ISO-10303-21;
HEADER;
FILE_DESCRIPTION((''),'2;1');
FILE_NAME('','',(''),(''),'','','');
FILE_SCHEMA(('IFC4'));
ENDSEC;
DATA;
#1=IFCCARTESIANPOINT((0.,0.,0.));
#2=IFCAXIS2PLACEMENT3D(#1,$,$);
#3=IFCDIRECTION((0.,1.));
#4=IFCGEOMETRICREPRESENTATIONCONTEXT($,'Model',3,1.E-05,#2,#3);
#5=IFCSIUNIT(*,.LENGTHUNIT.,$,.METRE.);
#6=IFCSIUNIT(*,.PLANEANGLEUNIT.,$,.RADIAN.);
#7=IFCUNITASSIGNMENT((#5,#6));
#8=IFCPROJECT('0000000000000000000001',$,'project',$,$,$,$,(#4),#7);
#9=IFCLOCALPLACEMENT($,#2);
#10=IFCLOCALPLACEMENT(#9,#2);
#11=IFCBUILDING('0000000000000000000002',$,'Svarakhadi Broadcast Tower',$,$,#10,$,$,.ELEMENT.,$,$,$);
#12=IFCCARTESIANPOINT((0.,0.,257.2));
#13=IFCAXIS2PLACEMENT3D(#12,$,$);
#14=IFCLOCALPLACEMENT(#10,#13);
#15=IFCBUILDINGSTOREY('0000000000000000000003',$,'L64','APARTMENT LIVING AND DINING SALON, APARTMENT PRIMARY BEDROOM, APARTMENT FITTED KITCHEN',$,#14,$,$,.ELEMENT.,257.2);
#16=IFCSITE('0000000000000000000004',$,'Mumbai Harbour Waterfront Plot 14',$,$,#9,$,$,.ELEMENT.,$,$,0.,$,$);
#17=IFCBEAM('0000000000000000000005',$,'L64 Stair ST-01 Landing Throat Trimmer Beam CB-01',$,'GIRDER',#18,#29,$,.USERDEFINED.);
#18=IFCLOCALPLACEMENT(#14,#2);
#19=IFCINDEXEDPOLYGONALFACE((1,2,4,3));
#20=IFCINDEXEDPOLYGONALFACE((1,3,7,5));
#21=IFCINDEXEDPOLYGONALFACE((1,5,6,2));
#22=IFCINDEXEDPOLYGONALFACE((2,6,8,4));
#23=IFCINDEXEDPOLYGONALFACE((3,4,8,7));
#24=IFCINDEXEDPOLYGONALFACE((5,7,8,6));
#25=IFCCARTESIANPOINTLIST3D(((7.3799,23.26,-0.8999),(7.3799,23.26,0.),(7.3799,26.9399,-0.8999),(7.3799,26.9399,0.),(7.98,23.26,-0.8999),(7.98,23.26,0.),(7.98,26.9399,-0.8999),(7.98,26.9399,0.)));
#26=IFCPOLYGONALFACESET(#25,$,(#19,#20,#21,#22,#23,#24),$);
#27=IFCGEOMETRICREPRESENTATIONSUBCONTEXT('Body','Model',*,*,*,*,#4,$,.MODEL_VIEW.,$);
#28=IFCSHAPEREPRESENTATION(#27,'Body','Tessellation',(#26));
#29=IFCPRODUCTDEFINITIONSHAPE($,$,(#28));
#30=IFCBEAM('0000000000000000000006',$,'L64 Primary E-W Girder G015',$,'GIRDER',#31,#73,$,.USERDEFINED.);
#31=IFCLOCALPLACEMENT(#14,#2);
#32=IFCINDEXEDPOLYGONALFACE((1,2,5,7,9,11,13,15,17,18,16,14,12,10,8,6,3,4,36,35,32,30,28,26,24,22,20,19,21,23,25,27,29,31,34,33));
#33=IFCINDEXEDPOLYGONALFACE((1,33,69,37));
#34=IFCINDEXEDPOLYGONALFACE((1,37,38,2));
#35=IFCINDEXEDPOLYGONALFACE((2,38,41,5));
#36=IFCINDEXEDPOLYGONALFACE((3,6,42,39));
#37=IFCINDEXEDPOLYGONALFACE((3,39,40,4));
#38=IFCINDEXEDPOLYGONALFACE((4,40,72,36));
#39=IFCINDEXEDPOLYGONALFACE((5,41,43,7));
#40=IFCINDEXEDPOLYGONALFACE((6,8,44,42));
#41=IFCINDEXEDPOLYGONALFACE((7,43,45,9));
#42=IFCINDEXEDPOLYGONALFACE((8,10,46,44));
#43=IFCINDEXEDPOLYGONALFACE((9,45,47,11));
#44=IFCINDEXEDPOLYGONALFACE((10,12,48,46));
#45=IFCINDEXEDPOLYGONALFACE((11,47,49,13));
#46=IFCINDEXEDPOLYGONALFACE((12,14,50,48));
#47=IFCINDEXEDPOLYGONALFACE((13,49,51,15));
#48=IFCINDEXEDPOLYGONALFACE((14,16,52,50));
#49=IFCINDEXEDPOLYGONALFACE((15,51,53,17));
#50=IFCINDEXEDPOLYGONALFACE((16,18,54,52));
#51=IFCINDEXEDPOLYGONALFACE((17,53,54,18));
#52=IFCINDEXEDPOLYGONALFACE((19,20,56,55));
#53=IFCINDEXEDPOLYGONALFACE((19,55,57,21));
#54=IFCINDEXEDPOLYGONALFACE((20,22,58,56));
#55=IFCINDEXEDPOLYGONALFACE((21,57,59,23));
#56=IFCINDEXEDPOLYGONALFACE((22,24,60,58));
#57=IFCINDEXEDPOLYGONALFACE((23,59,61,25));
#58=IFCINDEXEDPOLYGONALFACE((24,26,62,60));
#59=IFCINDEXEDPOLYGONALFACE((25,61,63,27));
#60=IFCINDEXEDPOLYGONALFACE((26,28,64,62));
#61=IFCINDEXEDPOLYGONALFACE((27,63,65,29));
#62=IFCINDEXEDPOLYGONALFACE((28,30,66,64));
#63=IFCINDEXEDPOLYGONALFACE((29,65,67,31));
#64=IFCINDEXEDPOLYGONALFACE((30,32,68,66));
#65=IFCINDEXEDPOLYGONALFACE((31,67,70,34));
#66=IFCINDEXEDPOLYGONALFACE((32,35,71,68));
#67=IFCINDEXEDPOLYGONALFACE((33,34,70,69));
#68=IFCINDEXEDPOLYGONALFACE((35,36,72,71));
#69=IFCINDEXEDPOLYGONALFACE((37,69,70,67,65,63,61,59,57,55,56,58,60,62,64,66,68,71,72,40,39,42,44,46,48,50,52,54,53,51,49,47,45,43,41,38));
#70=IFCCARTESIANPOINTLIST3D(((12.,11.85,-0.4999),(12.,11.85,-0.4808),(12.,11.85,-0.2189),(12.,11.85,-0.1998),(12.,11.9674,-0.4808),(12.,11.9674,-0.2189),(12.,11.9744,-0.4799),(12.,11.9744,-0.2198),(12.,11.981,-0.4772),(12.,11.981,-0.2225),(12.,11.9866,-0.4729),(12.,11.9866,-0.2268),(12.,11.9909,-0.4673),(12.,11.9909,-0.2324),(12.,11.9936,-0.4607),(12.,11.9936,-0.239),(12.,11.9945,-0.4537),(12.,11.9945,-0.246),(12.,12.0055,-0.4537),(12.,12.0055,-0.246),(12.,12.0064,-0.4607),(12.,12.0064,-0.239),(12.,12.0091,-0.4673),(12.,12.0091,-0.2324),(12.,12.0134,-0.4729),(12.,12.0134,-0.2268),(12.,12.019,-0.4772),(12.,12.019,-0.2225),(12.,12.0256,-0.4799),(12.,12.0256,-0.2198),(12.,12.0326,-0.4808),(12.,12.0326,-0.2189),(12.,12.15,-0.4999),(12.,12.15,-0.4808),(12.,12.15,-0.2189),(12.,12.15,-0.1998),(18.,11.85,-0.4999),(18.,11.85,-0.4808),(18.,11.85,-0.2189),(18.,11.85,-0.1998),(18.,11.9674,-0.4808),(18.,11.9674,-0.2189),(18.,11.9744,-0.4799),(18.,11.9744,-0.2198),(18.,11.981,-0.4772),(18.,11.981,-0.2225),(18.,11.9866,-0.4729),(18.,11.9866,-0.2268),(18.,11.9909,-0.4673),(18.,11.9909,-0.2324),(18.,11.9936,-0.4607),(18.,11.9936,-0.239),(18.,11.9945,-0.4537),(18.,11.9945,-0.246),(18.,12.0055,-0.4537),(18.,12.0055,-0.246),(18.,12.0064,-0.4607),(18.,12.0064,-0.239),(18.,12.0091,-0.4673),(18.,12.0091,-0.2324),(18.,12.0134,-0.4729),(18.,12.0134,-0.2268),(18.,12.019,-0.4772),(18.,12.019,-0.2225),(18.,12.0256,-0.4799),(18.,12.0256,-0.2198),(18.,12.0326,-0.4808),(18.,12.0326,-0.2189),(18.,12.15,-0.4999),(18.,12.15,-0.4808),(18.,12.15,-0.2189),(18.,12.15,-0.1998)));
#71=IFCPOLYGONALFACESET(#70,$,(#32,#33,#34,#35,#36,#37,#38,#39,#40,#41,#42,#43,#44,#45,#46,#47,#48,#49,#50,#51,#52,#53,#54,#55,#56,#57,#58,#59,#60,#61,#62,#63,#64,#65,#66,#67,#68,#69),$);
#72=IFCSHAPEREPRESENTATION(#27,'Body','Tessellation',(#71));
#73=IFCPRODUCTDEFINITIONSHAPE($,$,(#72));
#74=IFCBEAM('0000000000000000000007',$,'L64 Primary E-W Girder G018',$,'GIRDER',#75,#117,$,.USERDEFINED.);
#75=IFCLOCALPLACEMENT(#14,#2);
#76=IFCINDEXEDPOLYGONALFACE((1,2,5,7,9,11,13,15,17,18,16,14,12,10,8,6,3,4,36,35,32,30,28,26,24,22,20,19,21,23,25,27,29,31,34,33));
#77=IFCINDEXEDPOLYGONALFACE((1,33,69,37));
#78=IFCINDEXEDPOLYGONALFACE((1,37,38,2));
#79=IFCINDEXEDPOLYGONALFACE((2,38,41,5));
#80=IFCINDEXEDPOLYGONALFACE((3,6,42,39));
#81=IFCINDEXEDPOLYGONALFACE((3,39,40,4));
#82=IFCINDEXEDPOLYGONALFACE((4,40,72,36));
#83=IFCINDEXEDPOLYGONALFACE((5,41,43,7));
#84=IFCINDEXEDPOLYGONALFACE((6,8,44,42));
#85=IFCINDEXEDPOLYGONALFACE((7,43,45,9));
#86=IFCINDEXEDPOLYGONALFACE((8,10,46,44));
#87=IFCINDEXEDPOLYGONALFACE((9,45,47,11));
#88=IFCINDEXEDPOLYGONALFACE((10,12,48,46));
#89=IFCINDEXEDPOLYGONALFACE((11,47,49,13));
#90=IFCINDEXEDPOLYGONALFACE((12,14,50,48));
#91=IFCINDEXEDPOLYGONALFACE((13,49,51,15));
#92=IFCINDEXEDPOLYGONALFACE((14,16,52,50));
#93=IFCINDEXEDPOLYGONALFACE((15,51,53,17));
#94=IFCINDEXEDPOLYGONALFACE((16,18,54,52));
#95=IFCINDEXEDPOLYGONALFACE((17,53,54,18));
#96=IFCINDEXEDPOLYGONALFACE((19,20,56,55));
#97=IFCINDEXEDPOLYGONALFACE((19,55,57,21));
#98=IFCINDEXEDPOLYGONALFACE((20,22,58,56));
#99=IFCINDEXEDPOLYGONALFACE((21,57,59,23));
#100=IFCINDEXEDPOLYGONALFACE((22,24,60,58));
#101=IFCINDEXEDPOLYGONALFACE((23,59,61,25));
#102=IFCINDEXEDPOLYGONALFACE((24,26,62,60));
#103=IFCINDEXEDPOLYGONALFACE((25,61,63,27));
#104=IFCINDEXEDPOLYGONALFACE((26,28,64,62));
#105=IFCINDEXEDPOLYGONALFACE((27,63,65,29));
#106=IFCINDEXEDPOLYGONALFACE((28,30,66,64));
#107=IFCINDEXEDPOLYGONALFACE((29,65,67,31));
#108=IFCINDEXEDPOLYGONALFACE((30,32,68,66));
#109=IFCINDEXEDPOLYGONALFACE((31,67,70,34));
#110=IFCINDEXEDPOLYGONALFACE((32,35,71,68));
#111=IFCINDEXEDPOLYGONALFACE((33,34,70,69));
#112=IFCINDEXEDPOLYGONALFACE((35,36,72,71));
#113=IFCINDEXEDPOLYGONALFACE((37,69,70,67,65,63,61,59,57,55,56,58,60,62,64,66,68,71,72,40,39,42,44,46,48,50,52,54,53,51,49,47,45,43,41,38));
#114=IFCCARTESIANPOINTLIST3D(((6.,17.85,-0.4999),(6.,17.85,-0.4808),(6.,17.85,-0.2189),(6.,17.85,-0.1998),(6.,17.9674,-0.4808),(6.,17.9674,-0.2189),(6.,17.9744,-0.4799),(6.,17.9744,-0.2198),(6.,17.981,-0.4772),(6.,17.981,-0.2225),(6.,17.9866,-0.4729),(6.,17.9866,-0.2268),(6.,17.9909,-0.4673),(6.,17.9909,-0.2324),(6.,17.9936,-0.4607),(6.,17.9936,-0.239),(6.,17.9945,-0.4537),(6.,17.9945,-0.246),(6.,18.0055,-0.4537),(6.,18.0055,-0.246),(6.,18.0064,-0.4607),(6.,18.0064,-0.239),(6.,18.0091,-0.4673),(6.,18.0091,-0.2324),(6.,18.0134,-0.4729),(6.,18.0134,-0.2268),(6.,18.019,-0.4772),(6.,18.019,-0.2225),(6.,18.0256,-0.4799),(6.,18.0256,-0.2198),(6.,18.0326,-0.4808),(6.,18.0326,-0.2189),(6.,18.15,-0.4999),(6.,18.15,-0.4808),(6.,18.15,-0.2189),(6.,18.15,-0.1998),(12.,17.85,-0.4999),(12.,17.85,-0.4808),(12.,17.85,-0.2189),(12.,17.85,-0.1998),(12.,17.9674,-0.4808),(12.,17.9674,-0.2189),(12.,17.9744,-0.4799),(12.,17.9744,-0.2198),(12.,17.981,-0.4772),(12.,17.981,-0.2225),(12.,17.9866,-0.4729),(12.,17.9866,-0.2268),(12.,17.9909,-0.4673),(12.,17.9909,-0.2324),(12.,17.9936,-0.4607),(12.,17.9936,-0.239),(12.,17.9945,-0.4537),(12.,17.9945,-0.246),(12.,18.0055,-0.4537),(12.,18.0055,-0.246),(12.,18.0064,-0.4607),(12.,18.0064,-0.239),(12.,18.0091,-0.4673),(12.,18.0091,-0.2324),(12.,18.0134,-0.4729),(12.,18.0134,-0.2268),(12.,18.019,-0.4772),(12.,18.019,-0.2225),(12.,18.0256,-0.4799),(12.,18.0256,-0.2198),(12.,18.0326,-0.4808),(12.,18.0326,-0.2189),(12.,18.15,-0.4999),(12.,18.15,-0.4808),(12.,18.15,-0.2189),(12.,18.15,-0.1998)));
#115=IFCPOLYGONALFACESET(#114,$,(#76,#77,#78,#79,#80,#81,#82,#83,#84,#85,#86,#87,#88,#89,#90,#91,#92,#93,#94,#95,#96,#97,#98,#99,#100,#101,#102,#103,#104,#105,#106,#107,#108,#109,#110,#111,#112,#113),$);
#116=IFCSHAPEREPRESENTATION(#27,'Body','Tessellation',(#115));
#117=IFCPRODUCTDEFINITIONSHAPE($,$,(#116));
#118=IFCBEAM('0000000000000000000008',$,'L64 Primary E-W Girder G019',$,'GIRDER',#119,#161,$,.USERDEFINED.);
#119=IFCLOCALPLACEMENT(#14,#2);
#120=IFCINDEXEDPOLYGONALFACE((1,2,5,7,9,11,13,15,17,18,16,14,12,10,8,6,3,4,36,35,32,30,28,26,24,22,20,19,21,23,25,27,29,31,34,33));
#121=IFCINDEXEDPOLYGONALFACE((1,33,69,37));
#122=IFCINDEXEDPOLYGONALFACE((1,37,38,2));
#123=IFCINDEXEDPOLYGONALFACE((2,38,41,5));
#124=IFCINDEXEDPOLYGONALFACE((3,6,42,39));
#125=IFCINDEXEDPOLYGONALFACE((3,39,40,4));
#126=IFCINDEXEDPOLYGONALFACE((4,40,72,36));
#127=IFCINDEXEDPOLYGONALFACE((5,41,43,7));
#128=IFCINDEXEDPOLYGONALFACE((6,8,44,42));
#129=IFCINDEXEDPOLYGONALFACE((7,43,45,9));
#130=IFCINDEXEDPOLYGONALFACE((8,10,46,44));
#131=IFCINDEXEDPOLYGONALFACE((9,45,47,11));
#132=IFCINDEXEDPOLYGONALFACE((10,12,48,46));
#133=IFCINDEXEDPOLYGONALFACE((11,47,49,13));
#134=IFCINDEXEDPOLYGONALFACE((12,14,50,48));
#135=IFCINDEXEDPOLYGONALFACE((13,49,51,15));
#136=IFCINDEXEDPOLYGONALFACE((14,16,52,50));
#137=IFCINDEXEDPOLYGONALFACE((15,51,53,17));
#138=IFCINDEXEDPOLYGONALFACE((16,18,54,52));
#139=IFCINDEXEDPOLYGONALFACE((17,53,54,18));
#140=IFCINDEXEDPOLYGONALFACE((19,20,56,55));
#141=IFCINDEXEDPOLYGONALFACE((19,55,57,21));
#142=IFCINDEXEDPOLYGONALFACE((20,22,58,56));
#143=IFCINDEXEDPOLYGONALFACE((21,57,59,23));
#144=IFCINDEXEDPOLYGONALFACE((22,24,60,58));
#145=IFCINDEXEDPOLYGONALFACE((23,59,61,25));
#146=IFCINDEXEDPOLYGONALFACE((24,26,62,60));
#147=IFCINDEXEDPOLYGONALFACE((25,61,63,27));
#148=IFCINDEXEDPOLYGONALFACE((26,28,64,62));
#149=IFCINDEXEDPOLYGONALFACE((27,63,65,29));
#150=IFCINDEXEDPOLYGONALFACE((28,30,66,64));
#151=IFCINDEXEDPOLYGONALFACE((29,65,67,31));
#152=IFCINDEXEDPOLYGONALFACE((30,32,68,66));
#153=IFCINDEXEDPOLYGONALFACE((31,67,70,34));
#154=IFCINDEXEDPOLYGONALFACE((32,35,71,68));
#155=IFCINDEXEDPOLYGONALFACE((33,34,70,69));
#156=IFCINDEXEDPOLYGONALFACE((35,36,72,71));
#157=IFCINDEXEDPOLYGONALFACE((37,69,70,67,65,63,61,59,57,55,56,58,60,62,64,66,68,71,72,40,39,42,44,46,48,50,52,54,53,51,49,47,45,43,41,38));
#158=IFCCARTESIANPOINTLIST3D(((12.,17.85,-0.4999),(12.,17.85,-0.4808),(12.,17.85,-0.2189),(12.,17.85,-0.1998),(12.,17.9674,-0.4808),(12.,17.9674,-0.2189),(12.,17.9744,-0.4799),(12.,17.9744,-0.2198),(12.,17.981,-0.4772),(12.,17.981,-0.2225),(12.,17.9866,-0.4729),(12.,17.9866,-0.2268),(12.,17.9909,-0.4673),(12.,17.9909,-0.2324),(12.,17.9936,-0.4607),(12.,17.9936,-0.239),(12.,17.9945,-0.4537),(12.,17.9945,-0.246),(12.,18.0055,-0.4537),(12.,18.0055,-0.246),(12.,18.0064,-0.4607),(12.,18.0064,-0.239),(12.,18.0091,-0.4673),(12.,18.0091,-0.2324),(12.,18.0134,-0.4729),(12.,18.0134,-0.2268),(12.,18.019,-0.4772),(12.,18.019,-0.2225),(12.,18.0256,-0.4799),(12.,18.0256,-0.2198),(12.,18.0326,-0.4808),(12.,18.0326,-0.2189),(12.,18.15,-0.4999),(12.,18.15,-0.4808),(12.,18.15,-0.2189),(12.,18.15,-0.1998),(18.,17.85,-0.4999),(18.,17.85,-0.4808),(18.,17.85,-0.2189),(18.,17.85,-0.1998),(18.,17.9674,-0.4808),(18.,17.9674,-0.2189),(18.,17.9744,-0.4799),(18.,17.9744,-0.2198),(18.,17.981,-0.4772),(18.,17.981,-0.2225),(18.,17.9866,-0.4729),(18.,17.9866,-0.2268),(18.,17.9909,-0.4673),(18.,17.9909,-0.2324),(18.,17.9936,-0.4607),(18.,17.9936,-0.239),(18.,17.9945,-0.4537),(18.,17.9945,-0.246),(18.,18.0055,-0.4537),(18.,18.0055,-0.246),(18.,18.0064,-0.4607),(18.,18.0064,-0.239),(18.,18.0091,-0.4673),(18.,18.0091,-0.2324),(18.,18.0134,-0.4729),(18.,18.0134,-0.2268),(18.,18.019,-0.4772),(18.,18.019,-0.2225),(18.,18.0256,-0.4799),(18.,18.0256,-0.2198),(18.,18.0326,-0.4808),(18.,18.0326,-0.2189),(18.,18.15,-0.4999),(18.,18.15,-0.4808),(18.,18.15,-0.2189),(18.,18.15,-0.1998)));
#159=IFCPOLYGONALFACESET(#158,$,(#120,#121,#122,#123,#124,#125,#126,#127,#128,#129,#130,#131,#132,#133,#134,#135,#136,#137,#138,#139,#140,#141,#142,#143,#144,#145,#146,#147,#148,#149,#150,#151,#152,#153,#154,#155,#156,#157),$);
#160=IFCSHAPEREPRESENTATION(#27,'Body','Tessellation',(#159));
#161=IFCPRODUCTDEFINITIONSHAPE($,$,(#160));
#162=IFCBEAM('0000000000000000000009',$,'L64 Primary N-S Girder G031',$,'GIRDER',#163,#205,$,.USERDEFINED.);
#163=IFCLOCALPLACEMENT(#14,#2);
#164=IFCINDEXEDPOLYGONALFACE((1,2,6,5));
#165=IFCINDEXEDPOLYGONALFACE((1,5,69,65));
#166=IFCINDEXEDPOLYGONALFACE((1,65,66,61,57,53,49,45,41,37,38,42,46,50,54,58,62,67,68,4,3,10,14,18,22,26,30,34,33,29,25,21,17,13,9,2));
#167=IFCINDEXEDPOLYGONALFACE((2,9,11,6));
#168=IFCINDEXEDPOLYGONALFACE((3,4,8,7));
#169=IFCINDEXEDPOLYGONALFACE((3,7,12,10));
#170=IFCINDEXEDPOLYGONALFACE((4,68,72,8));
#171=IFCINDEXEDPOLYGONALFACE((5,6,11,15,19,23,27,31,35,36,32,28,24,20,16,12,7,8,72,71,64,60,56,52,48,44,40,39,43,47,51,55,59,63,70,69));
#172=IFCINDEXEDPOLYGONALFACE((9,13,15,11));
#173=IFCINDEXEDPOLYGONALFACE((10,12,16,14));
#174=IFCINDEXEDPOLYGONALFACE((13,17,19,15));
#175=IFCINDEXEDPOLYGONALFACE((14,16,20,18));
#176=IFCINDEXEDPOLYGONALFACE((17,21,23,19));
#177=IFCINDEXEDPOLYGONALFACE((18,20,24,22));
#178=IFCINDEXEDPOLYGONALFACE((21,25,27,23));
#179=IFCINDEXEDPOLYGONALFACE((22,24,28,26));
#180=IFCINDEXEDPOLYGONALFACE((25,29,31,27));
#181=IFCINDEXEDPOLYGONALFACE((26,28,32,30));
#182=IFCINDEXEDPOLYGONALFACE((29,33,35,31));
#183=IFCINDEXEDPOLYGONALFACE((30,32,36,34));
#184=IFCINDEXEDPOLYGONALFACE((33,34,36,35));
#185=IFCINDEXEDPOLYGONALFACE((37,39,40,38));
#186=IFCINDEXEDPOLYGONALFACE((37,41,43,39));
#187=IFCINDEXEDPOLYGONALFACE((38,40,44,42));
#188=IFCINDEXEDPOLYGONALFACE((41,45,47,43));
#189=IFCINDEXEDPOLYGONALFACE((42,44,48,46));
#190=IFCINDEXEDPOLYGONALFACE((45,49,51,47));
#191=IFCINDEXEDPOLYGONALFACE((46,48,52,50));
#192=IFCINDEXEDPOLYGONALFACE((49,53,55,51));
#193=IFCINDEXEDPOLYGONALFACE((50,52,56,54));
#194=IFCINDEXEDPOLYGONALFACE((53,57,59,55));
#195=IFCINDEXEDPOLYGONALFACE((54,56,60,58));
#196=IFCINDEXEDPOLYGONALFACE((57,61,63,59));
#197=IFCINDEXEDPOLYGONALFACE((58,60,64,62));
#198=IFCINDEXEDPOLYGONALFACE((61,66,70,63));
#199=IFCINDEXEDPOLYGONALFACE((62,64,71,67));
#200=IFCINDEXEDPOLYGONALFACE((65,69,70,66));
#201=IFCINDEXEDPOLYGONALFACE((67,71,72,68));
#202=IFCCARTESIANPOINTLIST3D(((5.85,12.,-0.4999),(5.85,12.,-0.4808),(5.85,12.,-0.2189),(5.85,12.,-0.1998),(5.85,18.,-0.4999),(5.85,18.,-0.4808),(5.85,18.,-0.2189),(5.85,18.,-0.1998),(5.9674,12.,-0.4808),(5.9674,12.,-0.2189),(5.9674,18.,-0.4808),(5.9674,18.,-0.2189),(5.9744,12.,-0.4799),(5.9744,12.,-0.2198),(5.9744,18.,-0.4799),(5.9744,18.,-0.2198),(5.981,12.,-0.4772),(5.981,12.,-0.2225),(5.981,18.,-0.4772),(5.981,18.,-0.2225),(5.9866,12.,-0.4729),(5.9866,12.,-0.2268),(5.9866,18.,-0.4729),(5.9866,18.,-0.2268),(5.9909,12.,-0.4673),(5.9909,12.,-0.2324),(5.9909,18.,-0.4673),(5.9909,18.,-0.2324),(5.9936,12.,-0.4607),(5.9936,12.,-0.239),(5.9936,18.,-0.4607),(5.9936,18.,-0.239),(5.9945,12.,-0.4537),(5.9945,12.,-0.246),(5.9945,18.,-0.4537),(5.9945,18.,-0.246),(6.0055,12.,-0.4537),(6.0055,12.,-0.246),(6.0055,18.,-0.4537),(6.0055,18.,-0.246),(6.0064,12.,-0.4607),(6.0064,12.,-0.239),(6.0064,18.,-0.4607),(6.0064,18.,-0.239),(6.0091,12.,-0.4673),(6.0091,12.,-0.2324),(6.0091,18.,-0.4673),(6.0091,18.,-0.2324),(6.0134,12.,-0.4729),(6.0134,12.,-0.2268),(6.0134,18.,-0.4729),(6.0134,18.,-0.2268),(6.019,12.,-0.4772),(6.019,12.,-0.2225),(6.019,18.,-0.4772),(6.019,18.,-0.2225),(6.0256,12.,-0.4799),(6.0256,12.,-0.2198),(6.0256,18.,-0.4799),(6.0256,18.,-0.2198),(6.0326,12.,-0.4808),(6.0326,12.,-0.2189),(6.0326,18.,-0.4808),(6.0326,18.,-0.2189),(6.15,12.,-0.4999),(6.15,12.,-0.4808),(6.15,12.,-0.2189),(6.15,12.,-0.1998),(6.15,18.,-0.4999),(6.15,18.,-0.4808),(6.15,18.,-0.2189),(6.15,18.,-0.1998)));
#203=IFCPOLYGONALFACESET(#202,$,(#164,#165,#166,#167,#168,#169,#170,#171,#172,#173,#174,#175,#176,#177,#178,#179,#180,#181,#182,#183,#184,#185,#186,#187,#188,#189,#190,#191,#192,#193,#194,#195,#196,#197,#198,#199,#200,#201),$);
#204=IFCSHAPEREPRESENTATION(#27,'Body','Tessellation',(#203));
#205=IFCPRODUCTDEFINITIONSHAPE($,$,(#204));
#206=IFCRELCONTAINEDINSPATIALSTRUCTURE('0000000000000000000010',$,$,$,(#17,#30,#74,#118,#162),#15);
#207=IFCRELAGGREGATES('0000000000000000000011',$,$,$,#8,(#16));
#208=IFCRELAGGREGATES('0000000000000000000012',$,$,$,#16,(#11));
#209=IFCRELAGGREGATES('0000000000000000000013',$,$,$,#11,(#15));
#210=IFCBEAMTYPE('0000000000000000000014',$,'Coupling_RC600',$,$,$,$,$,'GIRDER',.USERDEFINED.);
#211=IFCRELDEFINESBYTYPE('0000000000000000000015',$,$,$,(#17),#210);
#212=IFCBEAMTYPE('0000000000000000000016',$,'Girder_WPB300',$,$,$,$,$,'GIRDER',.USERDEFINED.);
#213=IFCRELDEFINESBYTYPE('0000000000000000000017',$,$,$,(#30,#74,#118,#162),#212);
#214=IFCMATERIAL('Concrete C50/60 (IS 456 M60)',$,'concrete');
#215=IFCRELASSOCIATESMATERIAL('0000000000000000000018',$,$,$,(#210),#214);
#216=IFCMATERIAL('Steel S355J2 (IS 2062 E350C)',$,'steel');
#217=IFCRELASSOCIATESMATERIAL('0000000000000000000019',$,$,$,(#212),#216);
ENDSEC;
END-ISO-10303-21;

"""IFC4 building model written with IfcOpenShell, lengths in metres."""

from ifc_helpers import new_model, si_unit, direction, frame, origin, origin_2d, place, context, subcontext, project, spatial, rectangle, i_section, extrude, material, material_profile, profile_set, type_object, element, save


model = new_model("IFC4")

# Units and contexts
model_context = context("Model", 3, precision=1e-05, world=origin(), true_north=direction((0.0, 1.0)))
body_context = subcontext(model_context, "Body", "Model", "MODEL_VIEW")
ifc_project = project(units=[si_unit("LENGTHUNIT", "METRE"), si_unit("PLANEANGLEUNIT", "RADIAN")], contexts=[model_context])

# Site, building, storey
site_placement = place(None, origin())
site = spatial("IfcSite", under=ifc_project, at=site_placement, Name="Mumbai Harbour Waterfront Plot 14", CompositionType="ELEMENT", RefElevation=0.0)
building_placement = place(site_placement, origin())
building = spatial("IfcBuilding", under=site, at=building_placement, Name="Svarakhadi Broadcast Tower", CompositionType="ELEMENT")
storey_placement = place(building_placement, frame((0.0, 0.0, 257.2)))
storey = spatial("IfcBuildingStorey", under=building, at=storey_placement, Name="L64", Description="APARTMENT LIVING AND DINING SALON, APARTMENT PRIMARY BEDROOM, APARTMENT FITTED KITCHEN", CompositionType="ELEMENT", Elevation=257.2)

# Shared definitions
ifc_material_1 = material(Name="Concrete C50/60 (IS 456 M60)", Category="concrete")

# Beams
ifc_material_2 = material(Name="Steel S355J2 (IS 2062 E350C)", Category="steel")
ifc_material_profile_1 = material_profile(ifc_material_1, rectangle(XDim=0.6001, YDim=0.8999, at=origin_2d()), Name="RC 600x900")
ifc_profile_set_1 = profile_set([ifc_material_profile_1], Name="Concrete C50/60 (IS 456 M60)")
beam_type_1 = type_object("IfcBeamType", Name="Coupling_RC600", ElementType="GIRDER", PredefinedType="USERDEFINED", material=ifc_profile_set_1)
beam_1_placement = place(storey_placement, frame((7.6799, 23.26, -0.45), z_axis=(0.0, 1.0, 0.0), x_axis=(-1.0, 0.0, 0.0)))
element("IfcBeam", 1, at=beam_1_placement, inside=storey, type_object=beam_type_1, Name="L64 Stair ST-01 Landing Throat Trimmer Beam CB-01", ObjectType="GIRDER", PredefinedType="USERDEFINED", context=body_context, shape_type="SweptSolid", body=[
    extrude(rectangle(XDim=0.6001, YDim=0.8999, at=origin_2d()), origin(), (0.0, 0.0, 1.0), 3.6799),
])
ifc_material_profile_2 = material_profile(ifc_material_2, i_section(OverallWidth=0.3, OverallDepth=0.3, WebThickness=0.011, FlangeThickness=0.019, FilletRadius=0.0271, at=origin_2d()), Name="WPB 300x300x117")
ifc_profile_set_2 = profile_set([ifc_material_profile_2], Name="Steel S355J2 (IS 2062 E350C)")
beam_type_2 = type_object("IfcBeamType", Name="Girder_WPB300", ElementType="GIRDER", PredefinedType="USERDEFINED", material=ifc_profile_set_2)
for number, where, z_axis, x_axis, name in (
    (2, (12.0, 12.0, -0.3499), (1.0, 0.0, 0.0), (0.0, 1.0, 0.0), "L64 Primary E-W Girder G015"),
    (3, (6.0, 18.0, -0.3499), (1.0, 0.0, 0.0), (0.0, 1.0, 0.0), "L64 Primary E-W Girder G018"),
    (4, (12.0, 18.0, -0.3499), (1.0, 0.0, 0.0), (0.0, 1.0, 0.0), "L64 Primary E-W Girder G019"),
    (5, (6.0, 12.0, -0.3499), (0.0, 1.0, 0.0), (-1.0, 0.0, 0.0), "L64 Primary N-S Girder G031"),
):
    element("IfcBeam", number, at=place(storey_placement, frame(where, z_axis=z_axis, x_axis=x_axis)), inside=storey, type_object=beam_type_2, Name=name, ObjectType="GIRDER", PredefinedType="USERDEFINED", context=body_context, shape_type="SweptSolid", body=[
        extrude(i_section(OverallWidth=0.3, OverallDepth=0.3, WebThickness=0.011, FlangeThickness=0.019, FilletRadius=0.0271, at=origin_2d()), origin(), (0.0, 0.0, 1.0), 6.0),
    ])

save(model, "model.ifc")
